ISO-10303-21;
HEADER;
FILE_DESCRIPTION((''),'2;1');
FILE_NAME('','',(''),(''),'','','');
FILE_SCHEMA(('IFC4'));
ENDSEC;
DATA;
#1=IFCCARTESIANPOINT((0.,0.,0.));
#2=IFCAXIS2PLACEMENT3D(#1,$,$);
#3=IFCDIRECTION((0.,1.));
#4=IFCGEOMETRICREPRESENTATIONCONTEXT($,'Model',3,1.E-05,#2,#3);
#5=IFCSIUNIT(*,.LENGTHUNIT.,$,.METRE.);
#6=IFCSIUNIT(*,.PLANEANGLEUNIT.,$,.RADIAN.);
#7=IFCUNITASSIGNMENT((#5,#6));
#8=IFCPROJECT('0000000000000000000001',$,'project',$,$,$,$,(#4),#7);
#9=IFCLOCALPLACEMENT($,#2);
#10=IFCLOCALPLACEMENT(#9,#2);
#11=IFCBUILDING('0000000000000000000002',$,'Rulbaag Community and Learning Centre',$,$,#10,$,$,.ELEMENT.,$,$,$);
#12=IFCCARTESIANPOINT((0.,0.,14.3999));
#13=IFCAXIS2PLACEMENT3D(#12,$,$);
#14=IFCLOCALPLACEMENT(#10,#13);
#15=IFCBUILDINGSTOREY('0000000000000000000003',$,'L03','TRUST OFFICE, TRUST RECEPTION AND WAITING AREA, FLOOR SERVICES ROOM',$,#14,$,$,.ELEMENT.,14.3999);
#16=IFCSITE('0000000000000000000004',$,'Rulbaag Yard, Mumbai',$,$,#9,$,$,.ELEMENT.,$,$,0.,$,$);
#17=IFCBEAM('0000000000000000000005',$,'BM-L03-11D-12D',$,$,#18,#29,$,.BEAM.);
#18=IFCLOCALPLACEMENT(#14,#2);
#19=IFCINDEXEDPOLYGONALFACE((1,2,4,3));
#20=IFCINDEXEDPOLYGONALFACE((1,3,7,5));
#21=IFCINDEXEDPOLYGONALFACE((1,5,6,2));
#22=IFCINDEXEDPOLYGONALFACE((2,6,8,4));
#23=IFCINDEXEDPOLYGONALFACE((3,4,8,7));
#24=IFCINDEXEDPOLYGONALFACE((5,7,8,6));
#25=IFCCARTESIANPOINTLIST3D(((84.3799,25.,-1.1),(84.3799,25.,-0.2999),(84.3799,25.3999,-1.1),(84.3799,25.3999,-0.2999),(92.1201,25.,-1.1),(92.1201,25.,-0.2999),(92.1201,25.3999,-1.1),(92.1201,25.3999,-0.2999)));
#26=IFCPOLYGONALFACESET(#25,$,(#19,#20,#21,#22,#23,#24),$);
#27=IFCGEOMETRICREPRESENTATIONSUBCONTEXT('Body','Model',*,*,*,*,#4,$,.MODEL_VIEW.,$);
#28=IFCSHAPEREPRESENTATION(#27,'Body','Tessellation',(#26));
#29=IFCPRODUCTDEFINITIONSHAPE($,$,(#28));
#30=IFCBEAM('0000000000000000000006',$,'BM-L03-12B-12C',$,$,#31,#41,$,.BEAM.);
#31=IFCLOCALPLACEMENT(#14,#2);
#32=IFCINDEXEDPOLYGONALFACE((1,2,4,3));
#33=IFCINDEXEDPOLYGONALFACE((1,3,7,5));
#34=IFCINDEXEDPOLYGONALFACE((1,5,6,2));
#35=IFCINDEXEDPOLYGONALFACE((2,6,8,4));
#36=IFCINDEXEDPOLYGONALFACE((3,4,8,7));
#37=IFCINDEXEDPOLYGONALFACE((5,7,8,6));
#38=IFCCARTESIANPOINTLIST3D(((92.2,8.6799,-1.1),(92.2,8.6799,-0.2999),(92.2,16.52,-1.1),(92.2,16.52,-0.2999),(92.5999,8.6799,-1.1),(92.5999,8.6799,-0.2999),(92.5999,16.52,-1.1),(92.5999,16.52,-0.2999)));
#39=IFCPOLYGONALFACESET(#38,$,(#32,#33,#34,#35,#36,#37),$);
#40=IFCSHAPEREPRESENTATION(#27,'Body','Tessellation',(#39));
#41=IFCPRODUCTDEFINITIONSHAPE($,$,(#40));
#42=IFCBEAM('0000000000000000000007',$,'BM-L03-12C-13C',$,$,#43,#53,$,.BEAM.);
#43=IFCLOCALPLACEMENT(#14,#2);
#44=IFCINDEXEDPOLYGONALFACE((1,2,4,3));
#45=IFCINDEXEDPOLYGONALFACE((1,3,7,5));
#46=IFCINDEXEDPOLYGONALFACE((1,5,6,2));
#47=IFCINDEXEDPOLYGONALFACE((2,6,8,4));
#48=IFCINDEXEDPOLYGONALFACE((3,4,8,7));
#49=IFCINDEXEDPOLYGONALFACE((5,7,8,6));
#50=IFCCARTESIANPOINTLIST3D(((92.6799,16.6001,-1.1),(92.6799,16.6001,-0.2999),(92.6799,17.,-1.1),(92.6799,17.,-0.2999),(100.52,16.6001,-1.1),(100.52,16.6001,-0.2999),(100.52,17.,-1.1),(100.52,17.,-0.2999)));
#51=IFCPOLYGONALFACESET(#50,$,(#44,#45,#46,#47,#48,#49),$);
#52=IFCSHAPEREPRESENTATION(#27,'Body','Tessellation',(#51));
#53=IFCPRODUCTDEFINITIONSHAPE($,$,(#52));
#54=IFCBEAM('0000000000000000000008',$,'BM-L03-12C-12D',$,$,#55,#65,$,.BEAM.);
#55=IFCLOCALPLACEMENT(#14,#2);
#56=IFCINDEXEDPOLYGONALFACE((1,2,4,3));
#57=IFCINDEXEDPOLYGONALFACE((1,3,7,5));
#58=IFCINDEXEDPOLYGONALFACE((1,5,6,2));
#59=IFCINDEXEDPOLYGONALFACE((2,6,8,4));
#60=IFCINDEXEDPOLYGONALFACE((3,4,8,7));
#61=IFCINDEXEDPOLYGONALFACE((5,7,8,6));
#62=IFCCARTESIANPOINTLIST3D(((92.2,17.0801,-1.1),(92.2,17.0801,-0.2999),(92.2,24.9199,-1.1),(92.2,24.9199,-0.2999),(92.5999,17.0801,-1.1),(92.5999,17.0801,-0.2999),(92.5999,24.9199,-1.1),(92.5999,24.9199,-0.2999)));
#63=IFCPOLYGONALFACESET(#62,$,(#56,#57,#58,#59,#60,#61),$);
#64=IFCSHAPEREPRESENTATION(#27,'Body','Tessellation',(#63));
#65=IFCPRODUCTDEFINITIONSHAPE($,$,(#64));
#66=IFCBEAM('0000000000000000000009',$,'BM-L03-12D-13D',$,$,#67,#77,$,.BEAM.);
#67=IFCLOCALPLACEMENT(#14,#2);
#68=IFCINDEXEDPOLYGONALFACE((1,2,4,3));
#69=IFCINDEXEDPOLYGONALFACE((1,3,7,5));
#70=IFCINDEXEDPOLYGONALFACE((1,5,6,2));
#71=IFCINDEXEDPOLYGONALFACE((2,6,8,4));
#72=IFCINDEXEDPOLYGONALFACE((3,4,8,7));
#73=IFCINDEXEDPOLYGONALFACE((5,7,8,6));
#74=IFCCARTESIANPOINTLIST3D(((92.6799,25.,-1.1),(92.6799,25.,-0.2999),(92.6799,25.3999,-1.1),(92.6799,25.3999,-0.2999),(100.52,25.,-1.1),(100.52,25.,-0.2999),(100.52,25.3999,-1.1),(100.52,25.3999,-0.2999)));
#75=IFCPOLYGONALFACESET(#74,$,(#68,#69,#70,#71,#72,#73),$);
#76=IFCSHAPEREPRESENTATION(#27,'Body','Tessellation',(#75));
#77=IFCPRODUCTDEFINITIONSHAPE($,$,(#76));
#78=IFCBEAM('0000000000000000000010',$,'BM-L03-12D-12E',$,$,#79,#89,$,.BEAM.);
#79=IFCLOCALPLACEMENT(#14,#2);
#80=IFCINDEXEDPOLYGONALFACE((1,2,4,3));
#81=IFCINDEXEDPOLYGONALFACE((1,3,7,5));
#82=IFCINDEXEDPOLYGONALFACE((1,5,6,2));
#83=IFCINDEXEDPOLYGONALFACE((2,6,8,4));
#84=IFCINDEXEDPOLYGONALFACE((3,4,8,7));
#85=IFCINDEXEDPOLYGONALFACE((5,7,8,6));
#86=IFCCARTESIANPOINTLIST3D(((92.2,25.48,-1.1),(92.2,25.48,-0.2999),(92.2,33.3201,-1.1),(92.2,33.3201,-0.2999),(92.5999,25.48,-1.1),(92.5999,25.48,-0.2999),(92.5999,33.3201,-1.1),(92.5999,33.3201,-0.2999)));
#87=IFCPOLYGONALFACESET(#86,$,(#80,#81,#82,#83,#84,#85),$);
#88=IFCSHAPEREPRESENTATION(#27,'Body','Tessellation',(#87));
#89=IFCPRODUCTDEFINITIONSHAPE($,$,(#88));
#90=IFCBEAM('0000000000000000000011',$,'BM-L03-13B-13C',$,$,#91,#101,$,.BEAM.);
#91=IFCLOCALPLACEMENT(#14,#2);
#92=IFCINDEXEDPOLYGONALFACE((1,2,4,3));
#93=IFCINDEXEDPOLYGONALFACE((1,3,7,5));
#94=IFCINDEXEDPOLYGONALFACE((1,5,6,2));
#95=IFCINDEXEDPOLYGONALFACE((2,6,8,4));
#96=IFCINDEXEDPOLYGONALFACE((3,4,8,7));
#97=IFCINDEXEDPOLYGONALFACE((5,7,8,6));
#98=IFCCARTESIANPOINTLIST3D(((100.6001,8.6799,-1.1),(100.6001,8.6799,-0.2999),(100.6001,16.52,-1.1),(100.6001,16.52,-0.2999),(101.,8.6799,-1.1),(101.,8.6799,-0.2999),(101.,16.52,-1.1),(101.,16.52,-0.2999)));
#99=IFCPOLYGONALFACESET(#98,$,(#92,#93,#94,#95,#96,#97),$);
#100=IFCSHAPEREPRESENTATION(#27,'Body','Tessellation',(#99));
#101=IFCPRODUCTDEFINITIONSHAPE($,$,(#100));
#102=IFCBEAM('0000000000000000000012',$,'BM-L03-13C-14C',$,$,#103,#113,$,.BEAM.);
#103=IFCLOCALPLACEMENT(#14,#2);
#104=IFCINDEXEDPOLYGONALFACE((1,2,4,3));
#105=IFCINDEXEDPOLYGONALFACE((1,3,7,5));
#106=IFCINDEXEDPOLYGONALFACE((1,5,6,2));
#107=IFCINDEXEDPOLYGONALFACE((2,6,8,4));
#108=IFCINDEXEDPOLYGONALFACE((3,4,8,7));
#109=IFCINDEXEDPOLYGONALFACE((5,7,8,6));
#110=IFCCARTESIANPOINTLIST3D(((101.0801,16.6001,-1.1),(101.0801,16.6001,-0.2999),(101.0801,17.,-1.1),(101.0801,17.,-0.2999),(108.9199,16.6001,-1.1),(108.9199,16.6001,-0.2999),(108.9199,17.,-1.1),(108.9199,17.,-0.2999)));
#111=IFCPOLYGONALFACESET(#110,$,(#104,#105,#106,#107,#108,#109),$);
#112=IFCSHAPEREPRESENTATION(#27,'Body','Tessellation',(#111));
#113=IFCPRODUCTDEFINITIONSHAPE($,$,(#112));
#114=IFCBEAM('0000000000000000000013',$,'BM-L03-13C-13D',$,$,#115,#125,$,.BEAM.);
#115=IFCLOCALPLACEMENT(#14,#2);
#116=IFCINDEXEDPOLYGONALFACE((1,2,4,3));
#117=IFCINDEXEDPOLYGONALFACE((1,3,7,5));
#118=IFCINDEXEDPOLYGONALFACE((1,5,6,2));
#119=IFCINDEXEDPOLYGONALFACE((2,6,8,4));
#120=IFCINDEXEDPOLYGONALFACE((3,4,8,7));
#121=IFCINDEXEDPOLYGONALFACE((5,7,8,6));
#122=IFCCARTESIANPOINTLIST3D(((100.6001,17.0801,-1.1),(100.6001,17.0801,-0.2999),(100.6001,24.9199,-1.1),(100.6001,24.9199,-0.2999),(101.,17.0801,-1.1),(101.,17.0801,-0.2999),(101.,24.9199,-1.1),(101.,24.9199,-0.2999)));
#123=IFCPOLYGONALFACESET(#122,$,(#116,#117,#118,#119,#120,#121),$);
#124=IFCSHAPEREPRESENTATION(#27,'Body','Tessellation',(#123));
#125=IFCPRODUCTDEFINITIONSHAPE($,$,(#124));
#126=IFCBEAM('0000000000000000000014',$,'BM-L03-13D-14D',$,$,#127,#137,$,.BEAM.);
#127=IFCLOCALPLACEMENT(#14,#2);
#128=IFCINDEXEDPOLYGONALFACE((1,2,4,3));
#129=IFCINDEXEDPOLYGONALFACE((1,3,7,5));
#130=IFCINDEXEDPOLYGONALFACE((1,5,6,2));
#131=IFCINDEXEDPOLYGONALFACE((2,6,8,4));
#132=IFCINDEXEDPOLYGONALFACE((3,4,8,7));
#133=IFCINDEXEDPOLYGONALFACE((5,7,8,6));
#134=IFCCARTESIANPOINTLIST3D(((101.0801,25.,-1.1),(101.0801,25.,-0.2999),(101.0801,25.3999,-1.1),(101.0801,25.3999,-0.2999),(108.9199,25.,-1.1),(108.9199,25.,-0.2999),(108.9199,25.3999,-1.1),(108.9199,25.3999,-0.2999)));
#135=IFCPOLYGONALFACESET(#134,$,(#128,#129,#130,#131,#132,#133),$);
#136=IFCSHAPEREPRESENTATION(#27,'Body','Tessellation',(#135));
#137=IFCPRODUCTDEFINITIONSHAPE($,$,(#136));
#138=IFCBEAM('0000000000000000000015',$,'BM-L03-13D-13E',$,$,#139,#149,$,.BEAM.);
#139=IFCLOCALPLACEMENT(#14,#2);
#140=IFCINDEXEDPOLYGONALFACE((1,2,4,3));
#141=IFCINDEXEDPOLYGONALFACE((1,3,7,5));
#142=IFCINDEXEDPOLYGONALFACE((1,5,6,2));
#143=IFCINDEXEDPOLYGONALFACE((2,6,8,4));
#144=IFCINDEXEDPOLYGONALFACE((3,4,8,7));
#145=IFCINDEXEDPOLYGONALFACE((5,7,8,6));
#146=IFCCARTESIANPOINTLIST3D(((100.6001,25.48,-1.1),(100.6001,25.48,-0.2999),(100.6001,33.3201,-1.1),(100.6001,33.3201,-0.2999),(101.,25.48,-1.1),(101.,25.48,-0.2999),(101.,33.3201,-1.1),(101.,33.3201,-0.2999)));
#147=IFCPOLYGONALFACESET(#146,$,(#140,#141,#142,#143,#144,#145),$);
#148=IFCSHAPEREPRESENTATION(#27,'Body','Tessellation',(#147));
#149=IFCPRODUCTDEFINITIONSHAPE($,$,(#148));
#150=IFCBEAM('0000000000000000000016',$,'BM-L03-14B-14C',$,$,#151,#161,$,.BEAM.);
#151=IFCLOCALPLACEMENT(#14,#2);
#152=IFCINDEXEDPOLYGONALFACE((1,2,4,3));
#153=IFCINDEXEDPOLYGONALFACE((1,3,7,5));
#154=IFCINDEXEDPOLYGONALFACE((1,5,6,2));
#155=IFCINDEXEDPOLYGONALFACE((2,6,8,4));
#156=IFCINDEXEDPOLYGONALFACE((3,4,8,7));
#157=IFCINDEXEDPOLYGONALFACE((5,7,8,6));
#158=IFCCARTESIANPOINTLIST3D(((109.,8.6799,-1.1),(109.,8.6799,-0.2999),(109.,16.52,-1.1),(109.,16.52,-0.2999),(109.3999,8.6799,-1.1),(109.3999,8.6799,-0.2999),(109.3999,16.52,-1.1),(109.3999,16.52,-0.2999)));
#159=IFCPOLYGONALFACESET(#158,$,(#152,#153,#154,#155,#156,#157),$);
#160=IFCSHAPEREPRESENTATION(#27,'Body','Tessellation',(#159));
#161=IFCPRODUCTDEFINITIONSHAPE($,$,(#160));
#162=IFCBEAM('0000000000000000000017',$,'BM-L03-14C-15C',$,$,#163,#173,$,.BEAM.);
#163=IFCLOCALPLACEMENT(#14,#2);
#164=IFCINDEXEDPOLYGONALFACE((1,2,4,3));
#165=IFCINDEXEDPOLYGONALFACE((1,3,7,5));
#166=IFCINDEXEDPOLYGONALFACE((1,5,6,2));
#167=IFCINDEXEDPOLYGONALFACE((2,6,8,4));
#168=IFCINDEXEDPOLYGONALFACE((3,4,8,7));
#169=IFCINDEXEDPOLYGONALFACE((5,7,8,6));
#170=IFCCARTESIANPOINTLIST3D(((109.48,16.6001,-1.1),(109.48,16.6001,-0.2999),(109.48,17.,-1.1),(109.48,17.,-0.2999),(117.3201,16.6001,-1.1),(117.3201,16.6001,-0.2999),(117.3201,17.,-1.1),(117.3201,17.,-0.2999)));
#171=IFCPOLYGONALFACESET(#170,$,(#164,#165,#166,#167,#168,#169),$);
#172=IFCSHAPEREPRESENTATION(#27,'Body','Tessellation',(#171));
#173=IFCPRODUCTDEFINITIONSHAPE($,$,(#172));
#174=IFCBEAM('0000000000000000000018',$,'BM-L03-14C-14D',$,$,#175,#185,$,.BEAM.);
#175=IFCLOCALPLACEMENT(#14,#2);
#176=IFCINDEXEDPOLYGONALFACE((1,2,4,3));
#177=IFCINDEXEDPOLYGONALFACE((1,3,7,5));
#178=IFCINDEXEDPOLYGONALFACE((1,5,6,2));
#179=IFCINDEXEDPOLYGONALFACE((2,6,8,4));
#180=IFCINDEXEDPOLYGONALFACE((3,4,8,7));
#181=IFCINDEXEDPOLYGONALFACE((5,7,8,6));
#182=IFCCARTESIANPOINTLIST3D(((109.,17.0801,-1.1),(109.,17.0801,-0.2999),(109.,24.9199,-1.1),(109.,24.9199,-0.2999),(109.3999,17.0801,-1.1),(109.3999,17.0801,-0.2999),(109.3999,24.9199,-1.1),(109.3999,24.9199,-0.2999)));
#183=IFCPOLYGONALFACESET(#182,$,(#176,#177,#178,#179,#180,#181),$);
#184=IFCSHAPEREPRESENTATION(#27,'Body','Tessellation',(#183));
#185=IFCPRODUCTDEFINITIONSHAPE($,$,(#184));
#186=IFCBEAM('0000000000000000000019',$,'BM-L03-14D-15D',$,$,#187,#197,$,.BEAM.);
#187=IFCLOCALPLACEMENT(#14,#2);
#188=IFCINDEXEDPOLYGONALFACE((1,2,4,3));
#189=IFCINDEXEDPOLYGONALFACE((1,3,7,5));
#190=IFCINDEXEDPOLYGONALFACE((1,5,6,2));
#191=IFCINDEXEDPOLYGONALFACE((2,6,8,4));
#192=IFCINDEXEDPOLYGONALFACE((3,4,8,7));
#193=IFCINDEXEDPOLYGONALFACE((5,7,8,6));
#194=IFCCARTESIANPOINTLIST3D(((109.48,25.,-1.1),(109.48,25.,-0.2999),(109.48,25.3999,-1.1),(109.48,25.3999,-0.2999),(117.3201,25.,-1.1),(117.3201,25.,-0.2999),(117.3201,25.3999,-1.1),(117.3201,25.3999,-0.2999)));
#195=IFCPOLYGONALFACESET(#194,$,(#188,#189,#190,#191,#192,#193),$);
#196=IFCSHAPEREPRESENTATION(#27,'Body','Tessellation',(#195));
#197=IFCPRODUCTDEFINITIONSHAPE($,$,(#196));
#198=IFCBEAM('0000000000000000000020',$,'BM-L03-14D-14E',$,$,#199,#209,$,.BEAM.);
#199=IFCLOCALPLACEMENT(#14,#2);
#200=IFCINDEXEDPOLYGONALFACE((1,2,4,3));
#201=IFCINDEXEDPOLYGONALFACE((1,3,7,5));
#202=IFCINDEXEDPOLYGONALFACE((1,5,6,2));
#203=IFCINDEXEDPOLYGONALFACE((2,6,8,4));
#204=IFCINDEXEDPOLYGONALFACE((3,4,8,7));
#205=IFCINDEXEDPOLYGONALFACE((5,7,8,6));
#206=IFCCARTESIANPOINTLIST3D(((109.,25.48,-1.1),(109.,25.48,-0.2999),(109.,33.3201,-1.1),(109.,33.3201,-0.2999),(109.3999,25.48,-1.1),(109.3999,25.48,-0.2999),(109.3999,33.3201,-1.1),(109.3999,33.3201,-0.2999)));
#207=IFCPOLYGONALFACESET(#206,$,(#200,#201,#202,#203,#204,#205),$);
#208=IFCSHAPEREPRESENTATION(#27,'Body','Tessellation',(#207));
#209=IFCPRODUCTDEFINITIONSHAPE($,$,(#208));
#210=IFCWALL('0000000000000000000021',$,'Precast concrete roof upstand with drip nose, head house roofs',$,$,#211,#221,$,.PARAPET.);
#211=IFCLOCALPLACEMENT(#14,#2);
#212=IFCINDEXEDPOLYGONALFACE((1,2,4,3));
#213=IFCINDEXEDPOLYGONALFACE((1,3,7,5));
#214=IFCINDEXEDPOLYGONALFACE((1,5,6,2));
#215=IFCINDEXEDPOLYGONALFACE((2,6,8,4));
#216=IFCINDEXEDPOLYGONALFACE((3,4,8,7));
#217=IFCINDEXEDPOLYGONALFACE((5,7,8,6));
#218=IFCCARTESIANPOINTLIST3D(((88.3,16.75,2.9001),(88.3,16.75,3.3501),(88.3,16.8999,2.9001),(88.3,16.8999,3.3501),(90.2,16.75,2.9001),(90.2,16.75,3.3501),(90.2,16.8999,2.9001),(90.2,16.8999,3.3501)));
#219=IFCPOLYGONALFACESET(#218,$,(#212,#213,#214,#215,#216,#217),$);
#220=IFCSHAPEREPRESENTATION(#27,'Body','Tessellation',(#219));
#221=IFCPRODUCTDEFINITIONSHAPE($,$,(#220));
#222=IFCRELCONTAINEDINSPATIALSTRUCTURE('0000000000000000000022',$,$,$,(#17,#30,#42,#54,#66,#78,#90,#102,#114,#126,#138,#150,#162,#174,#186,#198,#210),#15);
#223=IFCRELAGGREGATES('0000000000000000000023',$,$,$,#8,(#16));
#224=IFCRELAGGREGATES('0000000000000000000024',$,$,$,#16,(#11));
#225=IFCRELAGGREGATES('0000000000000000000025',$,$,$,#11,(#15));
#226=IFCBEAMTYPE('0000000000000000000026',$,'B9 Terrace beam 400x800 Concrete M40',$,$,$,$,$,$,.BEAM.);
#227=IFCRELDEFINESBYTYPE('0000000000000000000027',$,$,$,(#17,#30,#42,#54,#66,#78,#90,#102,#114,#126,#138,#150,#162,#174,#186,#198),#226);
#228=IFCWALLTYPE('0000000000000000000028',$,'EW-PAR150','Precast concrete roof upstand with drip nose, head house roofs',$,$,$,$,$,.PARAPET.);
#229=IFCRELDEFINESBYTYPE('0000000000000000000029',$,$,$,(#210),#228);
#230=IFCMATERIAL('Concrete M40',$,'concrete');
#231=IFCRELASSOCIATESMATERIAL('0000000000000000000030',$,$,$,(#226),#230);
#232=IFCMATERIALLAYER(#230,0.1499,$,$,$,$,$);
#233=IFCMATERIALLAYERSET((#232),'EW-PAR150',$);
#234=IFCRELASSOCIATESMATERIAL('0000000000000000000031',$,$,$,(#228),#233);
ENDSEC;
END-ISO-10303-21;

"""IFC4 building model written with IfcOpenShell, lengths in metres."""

from ifc_helpers import new_model, si_unit, direction, frame, frame_2d, origin, origin_2d, place, context, subcontext, project, spatial, rectangle, extrude, material, layer, layer_set, material_profile, profile_set, type_object, element, save


model = new_model("IFC4")

# Units and contexts
model_context = context("Model", 3, precision=1e-05, world=origin(), true_north=direction((0.0, 1.0)))
body_context = subcontext(model_context, "Body", "Model", "MODEL_VIEW")
ifc_project = project(units=[si_unit("LENGTHUNIT", "METRE"), si_unit("PLANEANGLEUNIT", "RADIAN")], contexts=[model_context])

# Site, building, storey
site_placement = place(None, origin())
site = spatial("IfcSite", under=ifc_project, at=site_placement, Name="Rulbaag Yard, Mumbai", CompositionType="ELEMENT", RefElevation=0.0)
building_placement = place(site_placement, origin())
building = spatial("IfcBuilding", under=site, at=building_placement, Name="Rulbaag Community and Learning Centre", CompositionType="ELEMENT")
storey_placement = place(building_placement, frame((0.0, 0.0, 14.3999)))
storey = spatial("IfcBuildingStorey", under=building, at=storey_placement, Name="L03", Description="TRUST OFFICE, TRUST RECEPTION AND WAITING AREA, FLOOR SERVICES ROOM", CompositionType="ELEMENT", Elevation=14.3999)

# Beams
ifc_material_1 = material(Name="Concrete M40", Category="concrete")
ifc_material_profile = material_profile(ifc_material_1, rectangle(XDim=0.3999, YDim=0.8, at=origin_2d()), Name="RB400x800")
ifc_profile_set = profile_set([ifc_material_profile], Name="Concrete M40")
beam_type = type_object("IfcBeamType", Name="B9 Terrace beam 400x800 Concrete M40", PredefinedType="BEAM", material=ifc_profile_set)
beam_1_placement = place(storey_placement, frame((84.3799, 25.2, -0.7), z_axis=(1.0, 0.0, 0.0), x_axis=(0.0, 1.0, 0.0)))
element("IfcBeam", 1, at=beam_1_placement, inside=storey, type_object=beam_type, Name="BM-L03-11D-12D", PredefinedType="BEAM", context=body_context, shape_type="SweptSolid", body=[
    extrude(rectangle(XDim=0.3999, YDim=0.8, at=origin_2d()), origin(), (0.0, 0.0, 1.0), 7.7402),
])
for number, where, z_axis, x_axis, name in (
    (2, (92.3999, 8.6799, -0.7), (0.0, 1.0, 0.0), (-1.0, 0.0, 0.0), "BM-L03-12B-12C"),
    (3, (92.6799, 16.8, -0.7), (1.0, 0.0, 0.0), (0.0, 1.0, 0.0), "BM-L03-12C-13C"),
):
    element("IfcBeam", number, at=place(storey_placement, frame(where, z_axis=z_axis, x_axis=x_axis)), inside=storey, type_object=beam_type, Name=name, PredefinedType="BEAM", context=body_context, shape_type="SweptSolid", body=[
        extrude(rectangle(XDim=0.3999, YDim=0.8, at=origin_2d()), origin(), (0.0, 0.0, 1.0), 7.8401),
    ])
beam_2_placement = place(storey_placement, frame((92.3999, 17.0801, -0.7), z_axis=(0.0, 1.0, 0.0), x_axis=(-1.0, 0.0, 0.0)))
element("IfcBeam", 4, at=beam_2_placement, inside=storey, type_object=beam_type, Name="BM-L03-12C-12D", PredefinedType="BEAM", context=body_context, shape_type="SweptSolid", body=[
    extrude(rectangle(XDim=0.3999, YDim=0.8, at=origin_2d()), origin(), (0.0, 0.0, 1.0), 7.8398),
])
for number, where, z_axis, x_axis, name in (
    (5, (92.6799, 25.2, -0.7), (1.0, 0.0, 0.0), (0.0, 1.0, 0.0), "BM-L03-12D-13D"),
    (6, (92.3999, 25.48, -0.7), (0.0, 1.0, 0.0), (-1.0, 0.0, 0.0), "BM-L03-12D-12E"),
    (7, (100.8, 8.6799, -0.7), (0.0, 1.0, 0.0), (-1.0, 0.0, 0.0), "BM-L03-13B-13C"),
):
    element("IfcBeam", number, at=place(storey_placement, frame(where, z_axis=z_axis, x_axis=x_axis)), inside=storey, type_object=beam_type, Name=name, PredefinedType="BEAM", context=body_context, shape_type="SweptSolid", body=[
        extrude(rectangle(XDim=0.3999, YDim=0.8, at=origin_2d()), origin(), (0.0, 0.0, 1.0), 7.8401),
    ])
for number, where, z_axis, x_axis, name in (
    (8, (101.0801, 16.8, -0.7), (1.0, 0.0, 0.0), (0.0, 1.0, 0.0), "BM-L03-13C-14C"),
    (9, (100.8, 17.0801, -0.7), (0.0, 1.0, 0.0), (-1.0, 0.0, 0.0), "BM-L03-13C-13D"),
    (10, (101.0801, 25.2, -0.7), (1.0, 0.0, 0.0), (0.0, 1.0, 0.0), "BM-L03-13D-14D"),
):
    element("IfcBeam", number, at=place(storey_placement, frame(where, z_axis=z_axis, x_axis=x_axis)), inside=storey, type_object=beam_type, Name=name, PredefinedType="BEAM", context=body_context, shape_type="SweptSolid", body=[
        extrude(rectangle(XDim=0.3999, YDim=0.8, at=origin_2d()), origin(), (0.0, 0.0, 1.0), 7.8398),
    ])
for number, where, z_axis, x_axis, name in (
    (11, (100.8, 25.48, -0.7), (0.0, 1.0, 0.0), (-1.0, 0.0, 0.0), "BM-L03-13D-13E"),
    (12, (109.2, 8.6799, -0.7), (0.0, 1.0, 0.0), (-1.0, 0.0, 0.0), "BM-L03-14B-14C"),
    (13, (109.48, 16.8, -0.7), (1.0, 0.0, 0.0), (0.0, 1.0, 0.0), "BM-L03-14C-15C"),
):
    element("IfcBeam", number, at=place(storey_placement, frame(where, z_axis=z_axis, x_axis=x_axis)), inside=storey, type_object=beam_type, Name=name, PredefinedType="BEAM", context=body_context, shape_type="SweptSolid", body=[
        extrude(rectangle(XDim=0.3999, YDim=0.8, at=origin_2d()), origin(), (0.0, 0.0, 1.0), 7.8401),
    ])
beam_3_placement = place(storey_placement, frame((109.2, 17.0801, -0.7), z_axis=(0.0, 1.0, 0.0), x_axis=(-1.0, 0.0, 0.0)))
element("IfcBeam", 14, at=beam_3_placement, inside=storey, type_object=beam_type, Name="BM-L03-14C-14D", PredefinedType="BEAM", context=body_context, shape_type="SweptSolid", body=[
    extrude(rectangle(XDim=0.3999, YDim=0.8, at=origin_2d()), origin(), (0.0, 0.0, 1.0), 7.8398),
])
for number, where, z_axis, x_axis, name in (
    (15, (109.48, 25.2, -0.7), (1.0, 0.0, 0.0), (0.0, 1.0, 0.0), "BM-L03-14D-15D"),
    (16, (109.2, 25.48, -0.7), (0.0, 1.0, 0.0), (-1.0, 0.0, 0.0), "BM-L03-14D-14E"),
):
    element("IfcBeam", number, at=place(storey_placement, frame(where, z_axis=z_axis, x_axis=x_axis)), inside=storey, type_object=beam_type, Name=name, PredefinedType="BEAM", context=body_context, shape_type="SweptSolid", body=[
        extrude(rectangle(XDim=0.3999, YDim=0.8, at=origin_2d()), origin(), (0.0, 0.0, 1.0), 7.8401),
    ])

# Wall
ifc_layer_1 = layer(ifc_material_1, 0.1499)
ifc_layer_set_1 = layer_set([ifc_layer_1], Name="EW-PAR150")
wall_type_1 = type_object("IfcWallType", Name="EW-PAR150", Description="Precast concrete roof upstand with drip nose, head house roofs", PredefinedType="PARAPET", material=ifc_layer_set_1)
wall_1_placement = place(storey_placement, frame((88.3, 16.825, 2.9001), z_axis=(0.0, 0.0, 1.0), x_axis=(1.0, 0.0, 0.0)))
element("IfcWall", 17, at=wall_1_placement, inside=storey, type_object=wall_type_1, Name="Precast concrete roof upstand with drip nose, head house roofs", PredefinedType="PARAPET", context=body_context, shape_type="SweptSolid", body=[
    extrude(rectangle(XDim=1.8999, YDim=0.1499, at=frame_2d((0.95, 0.0))), origin(), (0.0, 0.0, 1.0), 0.45),
])

save(model, "model.ifc")
